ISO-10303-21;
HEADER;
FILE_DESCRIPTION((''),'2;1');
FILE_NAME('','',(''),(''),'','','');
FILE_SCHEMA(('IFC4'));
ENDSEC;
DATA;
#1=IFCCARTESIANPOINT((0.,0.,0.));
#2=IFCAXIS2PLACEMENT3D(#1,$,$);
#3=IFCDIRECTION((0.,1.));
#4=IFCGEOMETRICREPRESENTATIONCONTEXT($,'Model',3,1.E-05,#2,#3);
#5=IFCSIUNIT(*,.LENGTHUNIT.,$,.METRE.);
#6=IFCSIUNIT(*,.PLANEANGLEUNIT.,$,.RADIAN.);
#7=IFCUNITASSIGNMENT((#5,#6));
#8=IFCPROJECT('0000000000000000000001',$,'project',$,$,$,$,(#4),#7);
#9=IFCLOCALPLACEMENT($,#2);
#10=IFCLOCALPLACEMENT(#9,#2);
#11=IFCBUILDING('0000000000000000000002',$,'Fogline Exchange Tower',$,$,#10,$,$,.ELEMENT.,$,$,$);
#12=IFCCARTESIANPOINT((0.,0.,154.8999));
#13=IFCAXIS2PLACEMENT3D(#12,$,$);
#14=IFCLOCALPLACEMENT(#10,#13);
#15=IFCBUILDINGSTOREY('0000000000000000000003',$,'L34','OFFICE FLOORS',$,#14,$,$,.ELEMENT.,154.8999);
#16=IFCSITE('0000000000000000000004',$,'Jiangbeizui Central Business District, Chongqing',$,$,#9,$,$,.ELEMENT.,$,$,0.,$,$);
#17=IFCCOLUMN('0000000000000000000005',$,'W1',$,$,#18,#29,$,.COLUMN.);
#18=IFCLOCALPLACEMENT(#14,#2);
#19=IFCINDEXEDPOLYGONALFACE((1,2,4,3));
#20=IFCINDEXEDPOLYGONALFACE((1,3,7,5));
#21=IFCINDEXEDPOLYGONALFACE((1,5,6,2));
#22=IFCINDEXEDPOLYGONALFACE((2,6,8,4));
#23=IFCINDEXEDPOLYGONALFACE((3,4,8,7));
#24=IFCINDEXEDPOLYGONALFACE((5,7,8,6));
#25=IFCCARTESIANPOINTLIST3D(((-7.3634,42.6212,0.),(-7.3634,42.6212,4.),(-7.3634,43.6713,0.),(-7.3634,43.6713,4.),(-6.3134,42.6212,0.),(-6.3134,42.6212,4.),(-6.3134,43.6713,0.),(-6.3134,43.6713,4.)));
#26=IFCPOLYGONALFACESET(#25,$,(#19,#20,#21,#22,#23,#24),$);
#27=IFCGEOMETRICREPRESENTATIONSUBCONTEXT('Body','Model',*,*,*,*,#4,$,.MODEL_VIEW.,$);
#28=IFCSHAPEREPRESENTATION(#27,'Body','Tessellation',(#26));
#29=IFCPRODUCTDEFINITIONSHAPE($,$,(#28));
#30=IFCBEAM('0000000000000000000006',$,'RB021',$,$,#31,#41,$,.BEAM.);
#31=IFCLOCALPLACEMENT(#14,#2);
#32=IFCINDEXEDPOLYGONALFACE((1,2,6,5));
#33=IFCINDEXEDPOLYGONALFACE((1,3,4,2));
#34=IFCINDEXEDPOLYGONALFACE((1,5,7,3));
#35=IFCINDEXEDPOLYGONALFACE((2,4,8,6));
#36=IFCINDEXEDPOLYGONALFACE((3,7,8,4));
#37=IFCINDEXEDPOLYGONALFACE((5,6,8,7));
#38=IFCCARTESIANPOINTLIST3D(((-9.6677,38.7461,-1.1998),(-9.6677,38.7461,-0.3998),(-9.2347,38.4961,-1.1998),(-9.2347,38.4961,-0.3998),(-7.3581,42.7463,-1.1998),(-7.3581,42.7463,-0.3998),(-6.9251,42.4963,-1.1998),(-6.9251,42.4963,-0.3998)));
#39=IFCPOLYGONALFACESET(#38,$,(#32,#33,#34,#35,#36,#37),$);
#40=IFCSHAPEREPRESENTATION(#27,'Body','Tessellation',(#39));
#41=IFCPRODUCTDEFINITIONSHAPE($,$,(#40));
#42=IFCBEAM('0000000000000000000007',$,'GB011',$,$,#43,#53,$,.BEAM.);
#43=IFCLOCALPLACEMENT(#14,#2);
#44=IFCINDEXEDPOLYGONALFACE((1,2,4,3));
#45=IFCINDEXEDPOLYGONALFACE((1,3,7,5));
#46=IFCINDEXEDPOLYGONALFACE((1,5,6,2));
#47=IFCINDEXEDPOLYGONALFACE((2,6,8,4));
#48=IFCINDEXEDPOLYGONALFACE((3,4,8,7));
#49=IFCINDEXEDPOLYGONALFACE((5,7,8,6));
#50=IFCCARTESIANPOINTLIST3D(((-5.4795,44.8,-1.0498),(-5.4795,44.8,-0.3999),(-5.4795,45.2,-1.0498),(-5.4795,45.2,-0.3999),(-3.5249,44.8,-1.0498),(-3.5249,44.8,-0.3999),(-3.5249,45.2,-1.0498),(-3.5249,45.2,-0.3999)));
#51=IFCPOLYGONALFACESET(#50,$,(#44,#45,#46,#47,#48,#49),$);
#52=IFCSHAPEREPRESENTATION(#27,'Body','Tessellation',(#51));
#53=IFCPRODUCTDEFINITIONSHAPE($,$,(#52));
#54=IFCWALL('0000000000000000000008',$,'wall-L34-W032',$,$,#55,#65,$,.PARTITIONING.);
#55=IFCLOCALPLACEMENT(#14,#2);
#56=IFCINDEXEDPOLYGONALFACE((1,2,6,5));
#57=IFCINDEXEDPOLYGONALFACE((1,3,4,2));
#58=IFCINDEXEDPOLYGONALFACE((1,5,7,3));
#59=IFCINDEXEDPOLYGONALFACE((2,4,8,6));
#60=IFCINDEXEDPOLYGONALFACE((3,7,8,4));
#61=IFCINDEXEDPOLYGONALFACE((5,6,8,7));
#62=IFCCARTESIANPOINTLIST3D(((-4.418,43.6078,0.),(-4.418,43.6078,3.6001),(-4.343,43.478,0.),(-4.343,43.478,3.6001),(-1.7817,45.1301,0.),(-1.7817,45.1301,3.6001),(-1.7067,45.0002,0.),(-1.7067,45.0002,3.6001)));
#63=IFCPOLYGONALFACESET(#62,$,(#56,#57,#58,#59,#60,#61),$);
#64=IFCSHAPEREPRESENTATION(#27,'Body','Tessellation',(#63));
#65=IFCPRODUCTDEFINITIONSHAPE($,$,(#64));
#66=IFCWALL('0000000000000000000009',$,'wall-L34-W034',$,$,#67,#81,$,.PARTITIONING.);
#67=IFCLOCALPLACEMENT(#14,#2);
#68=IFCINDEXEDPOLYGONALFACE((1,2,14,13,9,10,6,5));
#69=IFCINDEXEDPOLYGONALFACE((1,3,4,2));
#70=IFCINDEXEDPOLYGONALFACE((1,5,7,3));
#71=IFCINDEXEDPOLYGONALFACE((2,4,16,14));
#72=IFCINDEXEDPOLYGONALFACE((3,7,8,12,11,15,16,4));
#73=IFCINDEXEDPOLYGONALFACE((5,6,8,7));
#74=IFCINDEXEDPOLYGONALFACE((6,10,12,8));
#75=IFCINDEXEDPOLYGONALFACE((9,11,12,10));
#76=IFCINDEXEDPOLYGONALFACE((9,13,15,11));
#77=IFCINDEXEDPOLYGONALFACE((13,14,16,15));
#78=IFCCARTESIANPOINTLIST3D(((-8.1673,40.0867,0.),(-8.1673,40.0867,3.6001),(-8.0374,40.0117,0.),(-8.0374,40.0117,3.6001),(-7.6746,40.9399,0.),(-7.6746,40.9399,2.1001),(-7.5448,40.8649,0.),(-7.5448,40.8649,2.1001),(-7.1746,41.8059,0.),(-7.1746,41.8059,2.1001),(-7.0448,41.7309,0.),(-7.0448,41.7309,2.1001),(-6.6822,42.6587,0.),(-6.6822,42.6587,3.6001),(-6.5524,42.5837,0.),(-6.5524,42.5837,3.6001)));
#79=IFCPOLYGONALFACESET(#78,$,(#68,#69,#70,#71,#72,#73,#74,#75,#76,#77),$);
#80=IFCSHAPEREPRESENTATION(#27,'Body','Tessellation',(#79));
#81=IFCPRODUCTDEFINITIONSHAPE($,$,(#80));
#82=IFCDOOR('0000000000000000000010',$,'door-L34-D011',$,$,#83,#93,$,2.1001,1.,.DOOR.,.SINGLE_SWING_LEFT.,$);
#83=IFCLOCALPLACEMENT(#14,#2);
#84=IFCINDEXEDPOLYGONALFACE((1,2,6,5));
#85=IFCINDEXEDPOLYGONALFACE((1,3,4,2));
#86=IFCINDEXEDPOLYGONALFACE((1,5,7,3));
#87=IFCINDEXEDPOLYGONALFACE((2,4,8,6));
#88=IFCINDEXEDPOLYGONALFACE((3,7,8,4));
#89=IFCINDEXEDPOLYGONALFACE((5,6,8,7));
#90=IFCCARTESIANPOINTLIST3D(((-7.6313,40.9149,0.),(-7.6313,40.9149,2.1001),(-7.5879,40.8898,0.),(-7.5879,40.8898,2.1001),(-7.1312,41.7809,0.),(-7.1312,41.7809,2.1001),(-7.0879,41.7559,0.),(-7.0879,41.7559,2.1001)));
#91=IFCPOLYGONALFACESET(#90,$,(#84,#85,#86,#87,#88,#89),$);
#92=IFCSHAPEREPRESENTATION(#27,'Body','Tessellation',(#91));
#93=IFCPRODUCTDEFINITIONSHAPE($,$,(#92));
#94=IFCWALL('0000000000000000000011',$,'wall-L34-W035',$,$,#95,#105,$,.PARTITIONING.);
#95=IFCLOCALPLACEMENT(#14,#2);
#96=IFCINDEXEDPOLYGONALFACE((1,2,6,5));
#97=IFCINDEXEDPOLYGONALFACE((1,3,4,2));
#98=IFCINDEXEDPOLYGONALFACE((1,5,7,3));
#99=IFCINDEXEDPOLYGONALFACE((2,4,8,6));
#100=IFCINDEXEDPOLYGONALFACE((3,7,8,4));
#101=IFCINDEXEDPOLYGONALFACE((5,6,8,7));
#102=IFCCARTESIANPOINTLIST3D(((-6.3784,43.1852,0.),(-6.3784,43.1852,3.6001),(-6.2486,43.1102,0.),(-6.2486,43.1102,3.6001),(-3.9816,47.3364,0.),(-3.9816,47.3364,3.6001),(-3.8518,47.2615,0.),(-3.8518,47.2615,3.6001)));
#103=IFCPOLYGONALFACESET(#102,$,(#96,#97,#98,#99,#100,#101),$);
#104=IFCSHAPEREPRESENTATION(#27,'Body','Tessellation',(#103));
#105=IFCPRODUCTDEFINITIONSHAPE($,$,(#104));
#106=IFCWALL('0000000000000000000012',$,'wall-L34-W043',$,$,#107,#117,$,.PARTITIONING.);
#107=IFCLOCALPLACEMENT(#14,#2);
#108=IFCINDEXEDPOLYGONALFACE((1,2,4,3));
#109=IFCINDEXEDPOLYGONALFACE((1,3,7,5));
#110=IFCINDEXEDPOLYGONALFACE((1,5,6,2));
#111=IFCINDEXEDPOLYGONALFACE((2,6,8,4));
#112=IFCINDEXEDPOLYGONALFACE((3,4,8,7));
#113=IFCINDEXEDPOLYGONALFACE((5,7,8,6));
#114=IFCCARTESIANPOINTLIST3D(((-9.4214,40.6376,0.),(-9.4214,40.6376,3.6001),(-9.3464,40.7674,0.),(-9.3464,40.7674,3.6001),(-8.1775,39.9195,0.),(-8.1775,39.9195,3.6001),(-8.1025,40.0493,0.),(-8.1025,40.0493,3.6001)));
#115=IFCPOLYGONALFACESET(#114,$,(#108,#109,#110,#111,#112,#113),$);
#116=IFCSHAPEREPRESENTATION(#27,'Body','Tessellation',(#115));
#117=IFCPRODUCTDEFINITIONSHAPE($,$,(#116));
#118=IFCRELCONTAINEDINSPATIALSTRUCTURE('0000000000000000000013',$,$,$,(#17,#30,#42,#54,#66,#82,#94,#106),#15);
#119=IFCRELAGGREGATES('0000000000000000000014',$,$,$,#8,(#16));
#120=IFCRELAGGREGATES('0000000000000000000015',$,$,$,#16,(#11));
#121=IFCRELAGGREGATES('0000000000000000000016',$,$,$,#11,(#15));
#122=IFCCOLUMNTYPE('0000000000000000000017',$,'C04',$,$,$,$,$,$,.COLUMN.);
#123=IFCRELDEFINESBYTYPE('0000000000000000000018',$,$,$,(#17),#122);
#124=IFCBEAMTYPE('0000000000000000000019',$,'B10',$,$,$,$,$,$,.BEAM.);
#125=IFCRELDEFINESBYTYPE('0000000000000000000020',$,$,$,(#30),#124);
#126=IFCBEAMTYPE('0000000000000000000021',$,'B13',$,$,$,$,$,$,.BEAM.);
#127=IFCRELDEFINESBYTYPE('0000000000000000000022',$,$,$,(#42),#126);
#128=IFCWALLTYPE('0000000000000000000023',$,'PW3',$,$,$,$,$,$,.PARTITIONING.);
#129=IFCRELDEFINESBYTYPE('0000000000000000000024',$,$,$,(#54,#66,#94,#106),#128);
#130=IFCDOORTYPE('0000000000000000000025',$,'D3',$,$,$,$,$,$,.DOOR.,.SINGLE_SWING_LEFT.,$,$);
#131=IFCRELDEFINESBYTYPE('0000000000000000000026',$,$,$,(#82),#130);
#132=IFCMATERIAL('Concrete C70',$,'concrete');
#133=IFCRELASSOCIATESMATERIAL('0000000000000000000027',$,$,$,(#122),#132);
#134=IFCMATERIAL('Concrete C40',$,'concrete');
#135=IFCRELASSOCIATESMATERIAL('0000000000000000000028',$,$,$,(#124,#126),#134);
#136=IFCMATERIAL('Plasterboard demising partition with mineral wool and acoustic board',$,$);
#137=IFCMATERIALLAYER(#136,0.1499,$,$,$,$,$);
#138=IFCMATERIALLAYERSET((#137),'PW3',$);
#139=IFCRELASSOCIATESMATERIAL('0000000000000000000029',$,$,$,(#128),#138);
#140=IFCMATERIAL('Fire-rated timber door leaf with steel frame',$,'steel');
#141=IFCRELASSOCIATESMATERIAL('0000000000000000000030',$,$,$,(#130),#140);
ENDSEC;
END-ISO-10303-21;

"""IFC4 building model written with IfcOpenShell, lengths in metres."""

from ifc_helpers import new_model, si_unit, direction, frame, frame_2d, origin, origin_2d, place, context, subcontext, project, spatial, rectangle, extrude, material, layer, layer_set, material_profile, profile_set, type_object, element, fill, save


model = new_model("IFC4")

# Units and contexts
model_context = context("Model", 3, precision=1e-05, world=origin(), true_north=direction((0.0, 1.0)))
body_context = subcontext(model_context, "Body", "Model", "MODEL_VIEW")
ifc_project = project(units=[si_unit("LENGTHUNIT", "METRE"), si_unit("PLANEANGLEUNIT", "RADIAN")], contexts=[model_context])

# Site, building, storey
site_placement = place(None, origin())
site = spatial("IfcSite", under=ifc_project, at=site_placement, Name="Jiangbeizui Central Business District, Chongqing", CompositionType="ELEMENT", RefElevation=0.0)
building_placement = place(site_placement, origin())
building = spatial("IfcBuilding", under=site, at=building_placement, Name="Fogline Exchange Tower", CompositionType="ELEMENT")
storey_placement = place(building_placement, frame((0.0, 0.0, 154.8999)))
storey = spatial("IfcBuildingStorey", under=building, at=storey_placement, Name="L34", Description="OFFICE FLOORS", CompositionType="ELEMENT", Elevation=154.8999)

# Column
ifc_material_1 = material(Name="Concrete C70", Category="concrete")
ifc_material_profile_1 = material_profile(ifc_material_1, rectangle(XDim=1.05, YDim=1.05, at=origin_2d()), Name="RC 1050x1050")
ifc_profile_set_1 = profile_set([ifc_material_profile_1], Name="Concrete C70")
column_type = type_object("IfcColumnType", Name="C04", PredefinedType="COLUMN", material=ifc_profile_set_1)
column_placement = place(storey_placement, frame((-6.8384, 43.1462, 0.0), z_axis=(0.0, 0.0, 1.0), x_axis=(1.0, 0.0, 0.0)))
element("IfcColumn", 1, at=column_placement, inside=storey, type_object=column_type, Name="W1", PredefinedType="COLUMN", context=body_context, shape_type="SweptSolid", body=[
    extrude(rectangle(XDim=1.05, YDim=1.05, at=origin_2d()), origin(), (0.0, 0.0, 1.0), 4.0),
])

# Beams
ifc_material_2 = material(Name="Concrete C40", Category="concrete")
ifc_material_profile_2 = material_profile(ifc_material_2, rectangle(XDim=0.5, YDim=0.8, at=origin_2d()), Name="RC 500x800")
ifc_profile_set_2 = profile_set([ifc_material_profile_2], Name="Concrete C40")
beam_type_1 = type_object("IfcBeamType", Name="B10", PredefinedType="BEAM", material=ifc_profile_set_2)
beam_1_placement = place(storey_placement, frame((-7.1416, 42.6213, -0.7998), z_axis=(-0.500005, -0.866023, 0.0), x_axis=(0.866023, -0.500005, 0.0)))
element("IfcBeam", 2, at=beam_1_placement, inside=storey, type_object=beam_type_1, Name="RB021", PredefinedType="BEAM", context=body_context, shape_type="SweptSolid", body=[
    extrude(rectangle(XDim=0.5, YDim=0.8, at=origin_2d()), origin(), (0.0, 0.0, 1.0), 4.6191),
])
ifc_material_profile_3 = material_profile(ifc_material_2, rectangle(XDim=0.3999, YDim=0.6499, at=origin_2d()), Name="RC 400x650")
ifc_profile_set_3 = profile_set([ifc_material_profile_3], Name="Concrete C40")
beam_type_2 = type_object("IfcBeamType", Name="B13", PredefinedType="BEAM", material=ifc_profile_set_3)
beam_2_placement = place(storey_placement, frame((-5.4795, 45.0, -0.7249), z_axis=(1.0, 0.0, 0.0), x_axis=(0.0, 1.0, 0.0)))
element("IfcBeam", 3, at=beam_2_placement, inside=storey, type_object=beam_type_2, Name="GB011", PredefinedType="BEAM", context=body_context, shape_type="SweptSolid", body=[
    extrude(rectangle(XDim=0.3999, YDim=0.6499, at=origin_2d()), origin(), (0.0, 0.0, 1.0), 1.9546),
])

# Wall
ifc_material_3 = material(Name="Plasterboard demising partition with mineral wool and acoustic board")
ifc_layer = layer(ifc_material_3, 0.1499)
ifc_layer_set = layer_set([ifc_layer], Name="PW3")
wall_type = type_object("IfcWallType", Name="PW3", PredefinedType="PARTITIONING", material=ifc_layer_set)
wall_1_placement = place(storey_placement, frame((-4.3804, 43.543, 0.0), z_axis=(0.0, 0.0, 1.0), x_axis=(0.865999, 0.500046, 0.0)))
element("IfcWall", 4, at=wall_1_placement, inside=storey, type_object=wall_type, Name="wall-L34-W032", PredefinedType="PARTITIONING", context=body_context, shape_type="SweptSolid", body=[
    extrude(rectangle(XDim=3.0442, YDim=0.1499, at=frame_2d((1.522, 0.0))), origin(), (0.0, 0.0, 1.0), 3.6001),
])

# Wall, opening, door
wall_2_placement = place(storey_placement, frame((-8.1023, 40.0493, 0.0), z_axis=(0.0, 0.0, 1.0), x_axis=(0.500038, 0.866004, 0.0)))
wall_2 = element("IfcWall", 5, at=wall_2_placement, inside=storey, type_object=wall_type, Name="wall-L34-W034", PredefinedType="PARTITIONING", context=body_context, shape_type="SweptSolid", body=[
    extrude(rectangle(XDim=2.97, YDim=0.1499, at=frame_2d((1.4849, 0.0))), origin(), (0.0, 0.0, 1.0), 3.6001),
])
opening_placement = place(wall_2_placement, frame((0.9851, 0.0, 0.0)))
opening = element("IfcOpeningElement", 6, at=opening_placement, cuts=wall_2, PredefinedType="OPENING", context=body_context, shape_type="SweptSolid", body=[
    extrude(rectangle(XDim=1.0, YDim=2.1001, at=frame_2d((0.5, 1.05))), frame((0.0, 0.085, 0.0), z_axis=(0.0, -1.0, 0.0), x_axis=(1.0, 0.0, 0.0)), (0.0, 0.0, 1.0), 0.1699),
])
ifc_material_4 = material(Name="Fire-rated timber door leaf with steel frame", Category="steel")
door_type = type_object("IfcDoorType", Name="D3", OperationType="SINGLE_SWING_LEFT", PredefinedType="DOOR", material=ifc_material_4)
door_placement = place(opening_placement, origin())
door = element("IfcDoor", 7, at=door_placement, inside=storey, type_object=door_type, Name="door-L34-D011", OperationType="SINGLE_SWING_LEFT", OverallHeight=2.1001, OverallWidth=1.0, PredefinedType="DOOR", context=body_context, shape_type="SweptSolid", body=[
    extrude(rectangle(XDim=1.0, YDim=2.1001, at=frame_2d((0.5, 1.05))), frame((0.0, 0.0249, 0.0), z_axis=(0.0, -1.0, 0.0), x_axis=(1.0, 0.0, 0.0)), (0.0, 0.0, 1.0), 0.05),
])
fill(opening, door)

# Walls
wall_3_placement = place(storey_placement, frame((-6.3135, 43.1477, 0.0), z_axis=(0.0, 0.0, 1.0), x_axis=(0.500012, 0.866018, 0.0)))
element("IfcWall", 8, at=wall_3_placement, inside=storey, type_object=wall_type, Name="wall-L34-W035", PredefinedType="PARTITIONING", context=body_context, shape_type="SweptSolid", body=[
    extrude(rectangle(XDim=4.7935, YDim=0.1499, at=frame_2d((2.3967, 0.0))), origin(), (0.0, 0.0, 1.0), 3.6001),
])
wall_4_placement = place(storey_placement, frame((-8.1399, 39.9844, 0.0), z_axis=(0.0, 0.0, 1.0), x_axis=(-0.86607, 0.499924, 0.0)))
element("IfcWall", 9, at=wall_4_placement, inside=storey, type_object=wall_type, Name="wall-L34-W043", PredefinedType="PARTITIONING", context=body_context, shape_type="SweptSolid", body=[
    extrude(rectangle(XDim=1.4363, YDim=0.1499, at=frame_2d((0.7183, 0.0))), origin(), (0.0, 0.0, 1.0), 3.6001),
])

save(model, "model.ifc")
